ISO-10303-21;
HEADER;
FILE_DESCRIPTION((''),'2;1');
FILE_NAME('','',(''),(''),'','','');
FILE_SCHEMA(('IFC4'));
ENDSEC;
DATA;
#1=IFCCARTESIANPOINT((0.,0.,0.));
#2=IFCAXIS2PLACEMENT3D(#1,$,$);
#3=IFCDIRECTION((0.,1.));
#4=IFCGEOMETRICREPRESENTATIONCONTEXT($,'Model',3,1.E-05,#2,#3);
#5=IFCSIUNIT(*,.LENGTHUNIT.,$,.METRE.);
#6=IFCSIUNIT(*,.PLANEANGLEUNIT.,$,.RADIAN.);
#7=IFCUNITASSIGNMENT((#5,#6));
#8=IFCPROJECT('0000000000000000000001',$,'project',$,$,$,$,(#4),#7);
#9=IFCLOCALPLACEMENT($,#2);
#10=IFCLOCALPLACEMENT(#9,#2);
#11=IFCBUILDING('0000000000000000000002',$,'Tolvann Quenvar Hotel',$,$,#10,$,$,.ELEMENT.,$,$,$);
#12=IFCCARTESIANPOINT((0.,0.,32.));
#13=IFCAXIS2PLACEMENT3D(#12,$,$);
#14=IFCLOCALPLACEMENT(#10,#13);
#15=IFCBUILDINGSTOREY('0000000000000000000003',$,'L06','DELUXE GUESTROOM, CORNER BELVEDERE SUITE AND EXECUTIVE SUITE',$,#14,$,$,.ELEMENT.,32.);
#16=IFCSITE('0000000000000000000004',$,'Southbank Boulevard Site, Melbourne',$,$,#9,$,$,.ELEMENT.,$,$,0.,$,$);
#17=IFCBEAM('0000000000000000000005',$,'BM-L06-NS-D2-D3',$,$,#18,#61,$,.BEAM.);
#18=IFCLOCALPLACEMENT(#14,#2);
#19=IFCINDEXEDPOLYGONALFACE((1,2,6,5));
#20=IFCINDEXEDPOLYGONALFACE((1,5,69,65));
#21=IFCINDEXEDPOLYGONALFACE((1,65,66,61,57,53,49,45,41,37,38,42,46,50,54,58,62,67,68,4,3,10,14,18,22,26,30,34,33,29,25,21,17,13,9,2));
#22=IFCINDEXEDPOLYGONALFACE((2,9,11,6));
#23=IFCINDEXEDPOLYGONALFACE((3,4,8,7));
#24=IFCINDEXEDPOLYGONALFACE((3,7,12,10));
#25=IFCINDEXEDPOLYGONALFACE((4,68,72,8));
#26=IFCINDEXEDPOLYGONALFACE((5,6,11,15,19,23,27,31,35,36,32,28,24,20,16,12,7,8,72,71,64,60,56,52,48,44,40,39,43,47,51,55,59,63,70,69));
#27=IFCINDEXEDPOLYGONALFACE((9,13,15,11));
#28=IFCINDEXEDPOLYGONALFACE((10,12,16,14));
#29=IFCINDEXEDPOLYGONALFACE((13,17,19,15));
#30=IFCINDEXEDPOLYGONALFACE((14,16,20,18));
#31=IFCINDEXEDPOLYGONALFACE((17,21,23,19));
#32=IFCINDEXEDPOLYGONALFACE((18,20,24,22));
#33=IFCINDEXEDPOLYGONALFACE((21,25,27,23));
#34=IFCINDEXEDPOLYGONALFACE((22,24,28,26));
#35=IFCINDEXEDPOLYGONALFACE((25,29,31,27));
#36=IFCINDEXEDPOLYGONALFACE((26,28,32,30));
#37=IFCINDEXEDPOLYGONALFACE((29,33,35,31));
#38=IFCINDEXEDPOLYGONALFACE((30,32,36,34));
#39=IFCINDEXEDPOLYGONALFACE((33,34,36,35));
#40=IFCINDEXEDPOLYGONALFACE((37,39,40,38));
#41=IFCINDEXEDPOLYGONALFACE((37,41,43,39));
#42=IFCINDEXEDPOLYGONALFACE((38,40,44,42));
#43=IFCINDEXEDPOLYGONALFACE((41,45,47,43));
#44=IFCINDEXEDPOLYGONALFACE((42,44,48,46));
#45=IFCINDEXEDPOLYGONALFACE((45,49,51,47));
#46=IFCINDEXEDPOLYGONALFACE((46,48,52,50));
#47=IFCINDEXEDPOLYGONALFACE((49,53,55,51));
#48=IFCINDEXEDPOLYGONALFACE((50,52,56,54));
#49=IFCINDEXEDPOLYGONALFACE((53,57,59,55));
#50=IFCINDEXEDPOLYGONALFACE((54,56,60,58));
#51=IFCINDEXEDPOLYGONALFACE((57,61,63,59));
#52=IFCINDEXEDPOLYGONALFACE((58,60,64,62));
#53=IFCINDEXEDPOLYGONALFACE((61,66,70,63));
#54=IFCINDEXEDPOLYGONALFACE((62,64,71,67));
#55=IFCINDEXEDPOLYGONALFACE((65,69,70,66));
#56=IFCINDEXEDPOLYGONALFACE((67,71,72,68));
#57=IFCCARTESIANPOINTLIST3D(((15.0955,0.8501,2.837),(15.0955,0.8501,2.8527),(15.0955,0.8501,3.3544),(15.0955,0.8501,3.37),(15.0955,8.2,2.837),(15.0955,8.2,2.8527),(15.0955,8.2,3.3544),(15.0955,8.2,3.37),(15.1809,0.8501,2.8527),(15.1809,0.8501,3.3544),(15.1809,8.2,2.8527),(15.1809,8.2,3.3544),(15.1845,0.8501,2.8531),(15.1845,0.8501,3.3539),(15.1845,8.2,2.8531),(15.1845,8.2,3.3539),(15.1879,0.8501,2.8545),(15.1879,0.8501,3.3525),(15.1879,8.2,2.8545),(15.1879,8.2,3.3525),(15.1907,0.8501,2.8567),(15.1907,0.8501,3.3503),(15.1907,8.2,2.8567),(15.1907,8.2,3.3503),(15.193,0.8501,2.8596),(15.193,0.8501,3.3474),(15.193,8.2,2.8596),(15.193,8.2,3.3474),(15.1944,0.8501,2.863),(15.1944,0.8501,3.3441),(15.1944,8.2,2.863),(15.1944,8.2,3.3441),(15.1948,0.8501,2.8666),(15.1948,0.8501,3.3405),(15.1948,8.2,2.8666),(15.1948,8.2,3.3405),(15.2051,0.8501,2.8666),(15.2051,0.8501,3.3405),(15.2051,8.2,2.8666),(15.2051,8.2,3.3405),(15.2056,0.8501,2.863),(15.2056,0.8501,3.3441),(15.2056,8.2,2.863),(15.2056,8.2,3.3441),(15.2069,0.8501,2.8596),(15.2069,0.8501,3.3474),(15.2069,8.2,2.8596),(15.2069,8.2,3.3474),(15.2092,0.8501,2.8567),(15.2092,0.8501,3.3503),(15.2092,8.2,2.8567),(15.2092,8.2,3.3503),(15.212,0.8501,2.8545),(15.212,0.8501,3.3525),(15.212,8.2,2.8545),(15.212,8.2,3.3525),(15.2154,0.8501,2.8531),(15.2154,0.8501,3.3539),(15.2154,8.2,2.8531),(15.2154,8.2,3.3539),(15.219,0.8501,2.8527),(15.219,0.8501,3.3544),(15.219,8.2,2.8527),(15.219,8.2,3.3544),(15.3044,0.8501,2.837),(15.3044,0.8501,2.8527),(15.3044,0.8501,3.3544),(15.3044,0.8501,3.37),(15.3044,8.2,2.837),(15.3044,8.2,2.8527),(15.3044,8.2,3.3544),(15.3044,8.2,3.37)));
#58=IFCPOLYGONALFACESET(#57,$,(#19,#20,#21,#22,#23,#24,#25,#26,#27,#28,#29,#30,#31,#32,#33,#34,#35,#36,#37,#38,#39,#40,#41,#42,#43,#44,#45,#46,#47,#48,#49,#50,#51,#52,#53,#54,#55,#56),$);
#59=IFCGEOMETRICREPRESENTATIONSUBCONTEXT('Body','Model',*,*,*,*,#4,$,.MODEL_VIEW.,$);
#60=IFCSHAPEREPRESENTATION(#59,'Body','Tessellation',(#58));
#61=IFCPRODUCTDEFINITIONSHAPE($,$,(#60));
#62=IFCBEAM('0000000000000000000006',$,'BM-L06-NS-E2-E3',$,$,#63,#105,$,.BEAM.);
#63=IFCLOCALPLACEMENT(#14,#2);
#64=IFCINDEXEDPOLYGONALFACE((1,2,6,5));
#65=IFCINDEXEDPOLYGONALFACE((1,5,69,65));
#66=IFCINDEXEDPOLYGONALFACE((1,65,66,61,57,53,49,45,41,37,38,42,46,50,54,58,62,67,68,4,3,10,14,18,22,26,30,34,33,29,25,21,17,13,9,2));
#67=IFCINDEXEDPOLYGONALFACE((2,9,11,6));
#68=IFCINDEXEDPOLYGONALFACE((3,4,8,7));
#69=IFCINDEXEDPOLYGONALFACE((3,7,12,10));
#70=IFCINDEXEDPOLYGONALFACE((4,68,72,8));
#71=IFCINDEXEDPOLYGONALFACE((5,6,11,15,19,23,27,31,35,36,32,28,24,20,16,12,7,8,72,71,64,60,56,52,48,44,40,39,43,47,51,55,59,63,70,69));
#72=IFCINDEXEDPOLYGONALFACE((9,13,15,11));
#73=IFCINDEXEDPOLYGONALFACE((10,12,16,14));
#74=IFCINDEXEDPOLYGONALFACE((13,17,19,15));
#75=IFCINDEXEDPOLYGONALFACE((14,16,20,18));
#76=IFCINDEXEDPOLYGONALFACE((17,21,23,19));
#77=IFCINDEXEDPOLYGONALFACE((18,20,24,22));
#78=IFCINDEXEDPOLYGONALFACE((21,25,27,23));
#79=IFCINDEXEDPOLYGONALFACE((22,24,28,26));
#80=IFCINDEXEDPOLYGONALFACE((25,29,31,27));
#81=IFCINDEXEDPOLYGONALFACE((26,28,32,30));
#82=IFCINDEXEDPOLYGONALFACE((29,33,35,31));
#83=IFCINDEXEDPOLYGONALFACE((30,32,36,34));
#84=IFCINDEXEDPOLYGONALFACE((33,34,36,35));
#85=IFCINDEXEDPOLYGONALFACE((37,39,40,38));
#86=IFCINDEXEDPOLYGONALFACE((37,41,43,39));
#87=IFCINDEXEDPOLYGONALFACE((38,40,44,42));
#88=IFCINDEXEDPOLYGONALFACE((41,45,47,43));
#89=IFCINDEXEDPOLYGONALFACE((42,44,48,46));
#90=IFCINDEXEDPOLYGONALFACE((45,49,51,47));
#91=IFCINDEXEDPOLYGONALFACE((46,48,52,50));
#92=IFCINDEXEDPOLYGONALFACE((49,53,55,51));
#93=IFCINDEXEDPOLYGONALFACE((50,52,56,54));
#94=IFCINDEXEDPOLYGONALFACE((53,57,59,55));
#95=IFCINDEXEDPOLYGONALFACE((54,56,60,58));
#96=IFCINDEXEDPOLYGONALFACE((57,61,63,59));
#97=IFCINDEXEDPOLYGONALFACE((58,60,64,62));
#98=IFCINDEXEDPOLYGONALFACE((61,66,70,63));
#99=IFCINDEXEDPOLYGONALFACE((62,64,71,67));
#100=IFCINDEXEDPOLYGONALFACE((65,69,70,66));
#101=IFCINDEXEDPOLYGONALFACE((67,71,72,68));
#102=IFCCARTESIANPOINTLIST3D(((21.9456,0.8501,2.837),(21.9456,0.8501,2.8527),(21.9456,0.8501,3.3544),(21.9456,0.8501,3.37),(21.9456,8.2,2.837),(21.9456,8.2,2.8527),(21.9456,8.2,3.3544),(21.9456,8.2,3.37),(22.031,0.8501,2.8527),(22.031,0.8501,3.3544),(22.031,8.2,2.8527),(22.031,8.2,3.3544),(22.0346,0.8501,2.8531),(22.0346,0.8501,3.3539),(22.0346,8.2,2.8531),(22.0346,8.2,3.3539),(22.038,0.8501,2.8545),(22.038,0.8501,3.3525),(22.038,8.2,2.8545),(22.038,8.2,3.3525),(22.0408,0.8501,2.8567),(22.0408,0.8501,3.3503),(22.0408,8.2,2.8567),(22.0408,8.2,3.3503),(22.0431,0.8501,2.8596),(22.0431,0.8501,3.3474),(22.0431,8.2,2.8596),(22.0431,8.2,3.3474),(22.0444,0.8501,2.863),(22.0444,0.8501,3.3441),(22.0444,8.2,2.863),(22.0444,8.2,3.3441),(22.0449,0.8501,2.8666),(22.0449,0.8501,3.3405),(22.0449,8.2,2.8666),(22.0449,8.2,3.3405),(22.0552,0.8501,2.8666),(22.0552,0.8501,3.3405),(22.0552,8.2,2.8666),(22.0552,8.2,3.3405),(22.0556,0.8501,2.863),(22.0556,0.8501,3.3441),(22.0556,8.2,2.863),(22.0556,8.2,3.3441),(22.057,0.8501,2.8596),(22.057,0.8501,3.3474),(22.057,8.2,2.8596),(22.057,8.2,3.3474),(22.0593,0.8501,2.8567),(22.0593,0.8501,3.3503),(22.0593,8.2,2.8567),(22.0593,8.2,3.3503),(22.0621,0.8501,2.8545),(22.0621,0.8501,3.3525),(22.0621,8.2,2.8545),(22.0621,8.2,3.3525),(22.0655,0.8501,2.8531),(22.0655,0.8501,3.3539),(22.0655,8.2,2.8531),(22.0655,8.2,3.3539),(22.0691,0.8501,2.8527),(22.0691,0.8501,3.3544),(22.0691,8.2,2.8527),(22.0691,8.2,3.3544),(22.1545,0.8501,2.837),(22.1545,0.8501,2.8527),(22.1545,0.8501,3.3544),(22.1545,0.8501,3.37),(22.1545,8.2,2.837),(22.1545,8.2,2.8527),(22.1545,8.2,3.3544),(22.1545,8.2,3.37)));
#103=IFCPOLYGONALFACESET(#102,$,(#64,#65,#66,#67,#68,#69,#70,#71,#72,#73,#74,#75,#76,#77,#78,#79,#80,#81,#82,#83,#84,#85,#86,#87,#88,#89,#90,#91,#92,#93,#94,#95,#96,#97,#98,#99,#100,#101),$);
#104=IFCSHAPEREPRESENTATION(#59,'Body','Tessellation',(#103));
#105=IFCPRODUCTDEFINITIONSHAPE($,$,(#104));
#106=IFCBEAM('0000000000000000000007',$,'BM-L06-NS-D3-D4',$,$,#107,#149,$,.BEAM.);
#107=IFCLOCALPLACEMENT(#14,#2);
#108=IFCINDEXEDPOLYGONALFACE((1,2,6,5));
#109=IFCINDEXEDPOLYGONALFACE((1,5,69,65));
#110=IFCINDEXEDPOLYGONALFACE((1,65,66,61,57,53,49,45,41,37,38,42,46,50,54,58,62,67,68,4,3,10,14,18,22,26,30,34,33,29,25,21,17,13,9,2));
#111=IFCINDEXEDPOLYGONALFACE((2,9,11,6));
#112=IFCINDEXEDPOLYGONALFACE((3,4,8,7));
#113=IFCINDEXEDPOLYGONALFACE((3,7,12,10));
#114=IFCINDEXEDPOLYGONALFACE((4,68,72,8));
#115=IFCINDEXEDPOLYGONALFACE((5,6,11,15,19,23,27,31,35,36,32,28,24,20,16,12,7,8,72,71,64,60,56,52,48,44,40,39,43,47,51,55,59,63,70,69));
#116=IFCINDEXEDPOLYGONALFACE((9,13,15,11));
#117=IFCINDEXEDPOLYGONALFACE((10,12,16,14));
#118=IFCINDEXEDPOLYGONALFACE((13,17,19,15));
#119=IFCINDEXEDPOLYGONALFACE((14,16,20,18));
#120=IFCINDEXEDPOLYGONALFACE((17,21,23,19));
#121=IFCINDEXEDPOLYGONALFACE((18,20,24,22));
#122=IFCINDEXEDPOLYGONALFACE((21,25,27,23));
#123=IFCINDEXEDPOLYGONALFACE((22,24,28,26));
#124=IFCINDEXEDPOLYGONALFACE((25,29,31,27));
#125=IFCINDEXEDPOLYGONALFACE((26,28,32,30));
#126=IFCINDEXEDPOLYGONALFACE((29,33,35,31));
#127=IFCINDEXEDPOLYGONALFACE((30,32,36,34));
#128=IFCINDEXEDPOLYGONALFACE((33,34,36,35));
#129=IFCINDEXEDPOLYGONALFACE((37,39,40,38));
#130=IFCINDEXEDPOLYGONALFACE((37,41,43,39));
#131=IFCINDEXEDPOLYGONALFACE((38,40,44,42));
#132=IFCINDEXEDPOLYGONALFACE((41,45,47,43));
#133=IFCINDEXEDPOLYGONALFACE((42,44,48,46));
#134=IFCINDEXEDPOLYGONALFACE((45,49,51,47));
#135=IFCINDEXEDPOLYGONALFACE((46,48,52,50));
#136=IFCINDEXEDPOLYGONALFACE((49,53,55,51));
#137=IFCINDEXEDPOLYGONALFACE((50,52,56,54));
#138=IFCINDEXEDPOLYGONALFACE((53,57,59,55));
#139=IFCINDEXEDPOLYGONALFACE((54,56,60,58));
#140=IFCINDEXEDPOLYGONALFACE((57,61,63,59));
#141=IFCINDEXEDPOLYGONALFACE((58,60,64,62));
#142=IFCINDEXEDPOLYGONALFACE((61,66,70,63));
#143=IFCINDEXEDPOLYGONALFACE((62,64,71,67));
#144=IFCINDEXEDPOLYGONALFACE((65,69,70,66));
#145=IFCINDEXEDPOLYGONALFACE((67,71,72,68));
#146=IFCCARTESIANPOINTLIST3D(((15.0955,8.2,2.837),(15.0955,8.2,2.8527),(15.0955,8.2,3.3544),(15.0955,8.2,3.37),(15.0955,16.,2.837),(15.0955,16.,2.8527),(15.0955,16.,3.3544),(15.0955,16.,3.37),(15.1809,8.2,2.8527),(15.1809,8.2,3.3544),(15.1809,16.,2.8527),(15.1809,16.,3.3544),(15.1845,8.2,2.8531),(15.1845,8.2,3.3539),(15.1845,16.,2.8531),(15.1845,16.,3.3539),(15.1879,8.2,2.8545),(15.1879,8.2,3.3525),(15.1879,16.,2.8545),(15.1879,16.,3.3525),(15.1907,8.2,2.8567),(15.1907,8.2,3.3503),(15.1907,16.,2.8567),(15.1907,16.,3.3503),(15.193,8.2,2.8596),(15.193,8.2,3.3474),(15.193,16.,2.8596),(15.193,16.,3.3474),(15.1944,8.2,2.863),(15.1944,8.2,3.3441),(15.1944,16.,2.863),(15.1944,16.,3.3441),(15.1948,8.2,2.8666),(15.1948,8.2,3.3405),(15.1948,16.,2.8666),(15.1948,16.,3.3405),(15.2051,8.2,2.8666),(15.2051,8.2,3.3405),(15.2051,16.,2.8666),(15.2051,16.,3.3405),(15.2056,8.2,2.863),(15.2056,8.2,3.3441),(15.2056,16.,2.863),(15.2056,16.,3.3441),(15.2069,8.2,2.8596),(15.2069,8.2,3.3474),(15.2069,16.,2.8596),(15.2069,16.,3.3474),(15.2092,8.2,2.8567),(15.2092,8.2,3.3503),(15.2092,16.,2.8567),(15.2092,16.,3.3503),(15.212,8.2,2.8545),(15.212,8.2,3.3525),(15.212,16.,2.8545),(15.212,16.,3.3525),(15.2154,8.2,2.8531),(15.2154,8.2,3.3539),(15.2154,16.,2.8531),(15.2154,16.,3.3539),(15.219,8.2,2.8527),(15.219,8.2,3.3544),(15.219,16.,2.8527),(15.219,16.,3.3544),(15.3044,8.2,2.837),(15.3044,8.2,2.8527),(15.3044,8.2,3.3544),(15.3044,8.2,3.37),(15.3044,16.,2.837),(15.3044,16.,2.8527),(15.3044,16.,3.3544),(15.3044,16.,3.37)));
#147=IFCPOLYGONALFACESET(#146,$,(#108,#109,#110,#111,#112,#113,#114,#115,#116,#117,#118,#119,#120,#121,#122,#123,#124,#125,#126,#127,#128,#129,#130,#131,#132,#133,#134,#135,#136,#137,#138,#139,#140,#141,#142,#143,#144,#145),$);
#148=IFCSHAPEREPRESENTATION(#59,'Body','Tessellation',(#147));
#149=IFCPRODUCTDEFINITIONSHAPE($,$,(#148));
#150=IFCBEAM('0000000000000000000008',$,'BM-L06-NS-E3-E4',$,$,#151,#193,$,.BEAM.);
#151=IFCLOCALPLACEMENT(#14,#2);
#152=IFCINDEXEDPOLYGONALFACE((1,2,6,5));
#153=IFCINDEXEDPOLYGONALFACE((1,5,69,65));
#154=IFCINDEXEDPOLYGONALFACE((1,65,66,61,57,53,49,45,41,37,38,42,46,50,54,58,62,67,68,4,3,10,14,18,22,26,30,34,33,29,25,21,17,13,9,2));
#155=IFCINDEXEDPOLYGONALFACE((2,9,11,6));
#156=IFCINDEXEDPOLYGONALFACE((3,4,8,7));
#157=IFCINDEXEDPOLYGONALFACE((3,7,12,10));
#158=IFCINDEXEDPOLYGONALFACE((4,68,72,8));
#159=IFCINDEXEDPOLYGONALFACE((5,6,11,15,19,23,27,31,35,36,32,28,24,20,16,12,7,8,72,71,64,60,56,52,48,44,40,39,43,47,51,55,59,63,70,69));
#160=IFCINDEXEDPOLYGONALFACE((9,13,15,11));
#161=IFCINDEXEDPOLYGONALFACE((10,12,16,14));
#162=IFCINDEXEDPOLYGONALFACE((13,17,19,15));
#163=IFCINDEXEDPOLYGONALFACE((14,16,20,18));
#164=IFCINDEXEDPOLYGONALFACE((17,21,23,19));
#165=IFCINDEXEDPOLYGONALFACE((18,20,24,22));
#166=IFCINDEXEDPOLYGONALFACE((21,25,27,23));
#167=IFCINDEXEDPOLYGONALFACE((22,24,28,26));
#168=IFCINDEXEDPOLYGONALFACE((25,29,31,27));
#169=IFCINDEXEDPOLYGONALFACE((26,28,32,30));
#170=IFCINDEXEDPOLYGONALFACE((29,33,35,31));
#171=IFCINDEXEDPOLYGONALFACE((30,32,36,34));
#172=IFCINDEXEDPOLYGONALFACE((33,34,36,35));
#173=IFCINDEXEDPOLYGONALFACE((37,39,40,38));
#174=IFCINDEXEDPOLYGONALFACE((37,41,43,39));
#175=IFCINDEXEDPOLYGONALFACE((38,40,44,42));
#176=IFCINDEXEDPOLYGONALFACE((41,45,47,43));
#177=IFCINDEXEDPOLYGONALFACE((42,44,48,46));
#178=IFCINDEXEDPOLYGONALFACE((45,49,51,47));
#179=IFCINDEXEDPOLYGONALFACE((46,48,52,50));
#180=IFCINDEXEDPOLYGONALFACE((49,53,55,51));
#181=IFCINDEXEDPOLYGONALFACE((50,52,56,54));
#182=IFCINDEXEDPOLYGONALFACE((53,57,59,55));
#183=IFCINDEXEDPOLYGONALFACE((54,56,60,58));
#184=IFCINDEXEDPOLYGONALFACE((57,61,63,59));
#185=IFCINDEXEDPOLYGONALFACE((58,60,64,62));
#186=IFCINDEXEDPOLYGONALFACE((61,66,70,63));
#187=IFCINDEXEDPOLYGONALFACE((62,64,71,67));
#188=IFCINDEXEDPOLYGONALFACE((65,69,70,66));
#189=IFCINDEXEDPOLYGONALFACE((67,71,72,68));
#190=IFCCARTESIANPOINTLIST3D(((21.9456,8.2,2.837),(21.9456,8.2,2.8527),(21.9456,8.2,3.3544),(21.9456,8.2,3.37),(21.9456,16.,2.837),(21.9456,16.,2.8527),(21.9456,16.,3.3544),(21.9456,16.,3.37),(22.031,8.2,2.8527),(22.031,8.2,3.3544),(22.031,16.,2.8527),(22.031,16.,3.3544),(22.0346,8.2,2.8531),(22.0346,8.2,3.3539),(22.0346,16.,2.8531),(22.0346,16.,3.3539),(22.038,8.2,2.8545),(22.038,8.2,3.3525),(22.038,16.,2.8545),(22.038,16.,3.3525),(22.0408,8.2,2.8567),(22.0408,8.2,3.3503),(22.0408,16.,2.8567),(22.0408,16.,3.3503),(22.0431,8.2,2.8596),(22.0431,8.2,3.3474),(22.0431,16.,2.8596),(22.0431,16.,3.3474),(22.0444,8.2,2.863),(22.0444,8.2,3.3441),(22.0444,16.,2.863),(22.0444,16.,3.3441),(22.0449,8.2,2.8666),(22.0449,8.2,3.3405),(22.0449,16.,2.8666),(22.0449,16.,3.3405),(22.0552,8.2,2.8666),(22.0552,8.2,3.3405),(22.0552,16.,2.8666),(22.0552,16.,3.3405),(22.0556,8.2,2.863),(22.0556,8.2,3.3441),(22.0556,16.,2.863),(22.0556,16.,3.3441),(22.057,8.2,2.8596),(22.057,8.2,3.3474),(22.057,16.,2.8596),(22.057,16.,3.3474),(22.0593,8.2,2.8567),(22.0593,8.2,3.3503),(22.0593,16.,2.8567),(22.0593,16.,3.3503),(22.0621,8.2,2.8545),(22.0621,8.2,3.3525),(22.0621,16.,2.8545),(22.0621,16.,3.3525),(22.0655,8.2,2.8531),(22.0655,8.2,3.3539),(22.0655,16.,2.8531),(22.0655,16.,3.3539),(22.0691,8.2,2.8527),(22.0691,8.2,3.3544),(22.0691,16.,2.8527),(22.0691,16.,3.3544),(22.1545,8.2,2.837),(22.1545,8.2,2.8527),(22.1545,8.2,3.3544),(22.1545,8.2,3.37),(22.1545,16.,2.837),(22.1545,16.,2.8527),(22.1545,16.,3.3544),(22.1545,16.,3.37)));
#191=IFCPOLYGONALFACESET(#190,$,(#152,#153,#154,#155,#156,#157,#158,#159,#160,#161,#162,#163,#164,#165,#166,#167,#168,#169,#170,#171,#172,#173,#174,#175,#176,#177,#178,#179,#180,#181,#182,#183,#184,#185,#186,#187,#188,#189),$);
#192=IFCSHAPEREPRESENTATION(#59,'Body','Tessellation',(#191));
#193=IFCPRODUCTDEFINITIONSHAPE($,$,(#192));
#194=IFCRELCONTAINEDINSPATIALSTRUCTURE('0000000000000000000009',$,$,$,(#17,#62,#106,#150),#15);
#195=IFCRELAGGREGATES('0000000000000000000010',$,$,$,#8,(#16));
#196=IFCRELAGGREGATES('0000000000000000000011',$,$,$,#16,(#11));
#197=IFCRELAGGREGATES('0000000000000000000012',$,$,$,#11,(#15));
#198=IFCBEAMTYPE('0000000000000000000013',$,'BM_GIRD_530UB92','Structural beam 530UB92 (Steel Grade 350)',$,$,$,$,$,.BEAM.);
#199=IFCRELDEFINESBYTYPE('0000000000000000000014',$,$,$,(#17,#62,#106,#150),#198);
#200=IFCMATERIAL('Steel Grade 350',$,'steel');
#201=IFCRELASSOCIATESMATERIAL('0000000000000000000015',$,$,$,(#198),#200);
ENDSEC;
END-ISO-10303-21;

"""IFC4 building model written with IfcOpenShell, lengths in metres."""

from ifc_helpers import new_model, si_unit, direction, frame, origin, origin_2d, place, context, subcontext, project, spatial, i_section, extrude, source, transform, mapped, material, material_profile, profile_set, type_object, type_shapes, element, save


model = new_model("IFC4")

# Units and contexts
model_context = context("Model", 3, precision=1e-05, world=origin(), true_north=direction((0.0, 1.0)))
body_context = subcontext(model_context, "Body", "Model", "MODEL_VIEW")
ifc_project = project(units=[si_unit("LENGTHUNIT", "METRE"), si_unit("PLANEANGLEUNIT", "RADIAN")], contexts=[model_context])

# Site, building, storey
site_placement = place(None, origin())
site = spatial("IfcSite", under=ifc_project, at=site_placement, Name="Southbank Boulevard Site, Melbourne", CompositionType="ELEMENT", RefElevation=0.0)
building_placement = place(site_placement, origin())
building = spatial("IfcBuilding", under=site, at=building_placement, Name="Tolvann Quenvar Hotel", CompositionType="ELEMENT")
storey_placement = place(building_placement, frame((0.0, 0.0, 32.0)))
storey = spatial("IfcBuildingStorey", under=building, at=storey_placement, Name="L06", Description="DELUXE GUESTROOM, CORNER BELVEDERE SUITE AND EXECUTIVE SUITE", CompositionType="ELEMENT", Elevation=32.0)

# Shared definitions
ifc_material_1 = material(Name="Steel Grade 350", Category="steel")

# Beams
ifc_material_profile_1 = material_profile(ifc_material_1, i_section(OverallWidth=0.209, OverallDepth=0.533, WebThickness=0.0103, FlangeThickness=0.0156, FilletRadius=0.0139, at=origin_2d()), Name="530UB92")
ifc_profile_set_1 = profile_set([ifc_material_profile_1], Name="Steel Grade 350")
beam_type_1 = type_object("IfcBeamType", Name="BM_GIRD_530UB92", Description="Structural beam 530UB92 (Steel Grade 350)", PredefinedType="BEAM", material=ifc_profile_set_1)
shared_shape_1 = source(origin(), body_context, "Body", "SweptSolid", [
    extrude(i_section(OverallWidth=0.209, OverallDepth=0.533, WebThickness=0.0103, FlangeThickness=0.0156, FilletRadius=0.0139, at=origin_2d()), origin(), (0.0, 0.0, 1.0), 7.3499),
])
for number, where, z_axis, x_axis, name in (
    (1, (15.2, 0.8501, 3.1035), (0.0, 1.0, 0.0), (-1.0, 0.0, 0.0), "BM-L06-NS-D2-D3"),
    (2, (22.05, 0.8501, 3.1035), (0.0, 1.0, 0.0), (-1.0, 0.0, 0.0), "BM-L06-NS-E2-E3"),
):
    element("IfcBeam", number, at=place(storey_placement, frame(where, z_axis=z_axis, x_axis=x_axis)), inside=storey, type_object=beam_type_1, Name=name, PredefinedType="BEAM", context=body_context, shape_type="MappedRepresentation", body=[
        mapped(shared_shape_1, transform((0.0, 0.0, 0.0), x_axis=(1.0, 0.0, 0.0), y_axis=(0.0, 1.0, 0.0), z_axis=(0.0, 0.0, 1.0), scale=1.0)),
    ])
shared_shape_2 = source(origin(), body_context, "Body", "SweptSolid", [
    extrude(i_section(OverallWidth=0.209, OverallDepth=0.533, WebThickness=0.0103, FlangeThickness=0.0156, FilletRadius=0.0139, at=origin_2d()), origin(), (0.0, 0.0, 1.0), 7.8),
])
type_shapes(beam_type_1, [shared_shape_1, shared_shape_2])
for number, where, z_axis, x_axis, name in (
    (3, (15.2, 8.2, 3.1035), (0.0, 1.0, 0.0), (-1.0, 0.0, 0.0), "BM-L06-NS-D3-D4"),
    (4, (22.05, 8.2, 3.1035), (0.0, 1.0, 0.0), (-1.0, 0.0, 0.0), "BM-L06-NS-E3-E4"),
):
    element("IfcBeam", number, at=place(storey_placement, frame(where, z_axis=z_axis, x_axis=x_axis)), inside=storey, type_object=beam_type_1, Name=name, PredefinedType="BEAM", context=body_context, shape_type="MappedRepresentation", body=[
        mapped(shared_shape_2, transform((0.0, 0.0, 0.0), x_axis=(1.0, 0.0, 0.0), y_axis=(0.0, 1.0, 0.0), z_axis=(0.0, 0.0, 1.0), scale=1.0)),
    ])

save(model, "model.ifc")
